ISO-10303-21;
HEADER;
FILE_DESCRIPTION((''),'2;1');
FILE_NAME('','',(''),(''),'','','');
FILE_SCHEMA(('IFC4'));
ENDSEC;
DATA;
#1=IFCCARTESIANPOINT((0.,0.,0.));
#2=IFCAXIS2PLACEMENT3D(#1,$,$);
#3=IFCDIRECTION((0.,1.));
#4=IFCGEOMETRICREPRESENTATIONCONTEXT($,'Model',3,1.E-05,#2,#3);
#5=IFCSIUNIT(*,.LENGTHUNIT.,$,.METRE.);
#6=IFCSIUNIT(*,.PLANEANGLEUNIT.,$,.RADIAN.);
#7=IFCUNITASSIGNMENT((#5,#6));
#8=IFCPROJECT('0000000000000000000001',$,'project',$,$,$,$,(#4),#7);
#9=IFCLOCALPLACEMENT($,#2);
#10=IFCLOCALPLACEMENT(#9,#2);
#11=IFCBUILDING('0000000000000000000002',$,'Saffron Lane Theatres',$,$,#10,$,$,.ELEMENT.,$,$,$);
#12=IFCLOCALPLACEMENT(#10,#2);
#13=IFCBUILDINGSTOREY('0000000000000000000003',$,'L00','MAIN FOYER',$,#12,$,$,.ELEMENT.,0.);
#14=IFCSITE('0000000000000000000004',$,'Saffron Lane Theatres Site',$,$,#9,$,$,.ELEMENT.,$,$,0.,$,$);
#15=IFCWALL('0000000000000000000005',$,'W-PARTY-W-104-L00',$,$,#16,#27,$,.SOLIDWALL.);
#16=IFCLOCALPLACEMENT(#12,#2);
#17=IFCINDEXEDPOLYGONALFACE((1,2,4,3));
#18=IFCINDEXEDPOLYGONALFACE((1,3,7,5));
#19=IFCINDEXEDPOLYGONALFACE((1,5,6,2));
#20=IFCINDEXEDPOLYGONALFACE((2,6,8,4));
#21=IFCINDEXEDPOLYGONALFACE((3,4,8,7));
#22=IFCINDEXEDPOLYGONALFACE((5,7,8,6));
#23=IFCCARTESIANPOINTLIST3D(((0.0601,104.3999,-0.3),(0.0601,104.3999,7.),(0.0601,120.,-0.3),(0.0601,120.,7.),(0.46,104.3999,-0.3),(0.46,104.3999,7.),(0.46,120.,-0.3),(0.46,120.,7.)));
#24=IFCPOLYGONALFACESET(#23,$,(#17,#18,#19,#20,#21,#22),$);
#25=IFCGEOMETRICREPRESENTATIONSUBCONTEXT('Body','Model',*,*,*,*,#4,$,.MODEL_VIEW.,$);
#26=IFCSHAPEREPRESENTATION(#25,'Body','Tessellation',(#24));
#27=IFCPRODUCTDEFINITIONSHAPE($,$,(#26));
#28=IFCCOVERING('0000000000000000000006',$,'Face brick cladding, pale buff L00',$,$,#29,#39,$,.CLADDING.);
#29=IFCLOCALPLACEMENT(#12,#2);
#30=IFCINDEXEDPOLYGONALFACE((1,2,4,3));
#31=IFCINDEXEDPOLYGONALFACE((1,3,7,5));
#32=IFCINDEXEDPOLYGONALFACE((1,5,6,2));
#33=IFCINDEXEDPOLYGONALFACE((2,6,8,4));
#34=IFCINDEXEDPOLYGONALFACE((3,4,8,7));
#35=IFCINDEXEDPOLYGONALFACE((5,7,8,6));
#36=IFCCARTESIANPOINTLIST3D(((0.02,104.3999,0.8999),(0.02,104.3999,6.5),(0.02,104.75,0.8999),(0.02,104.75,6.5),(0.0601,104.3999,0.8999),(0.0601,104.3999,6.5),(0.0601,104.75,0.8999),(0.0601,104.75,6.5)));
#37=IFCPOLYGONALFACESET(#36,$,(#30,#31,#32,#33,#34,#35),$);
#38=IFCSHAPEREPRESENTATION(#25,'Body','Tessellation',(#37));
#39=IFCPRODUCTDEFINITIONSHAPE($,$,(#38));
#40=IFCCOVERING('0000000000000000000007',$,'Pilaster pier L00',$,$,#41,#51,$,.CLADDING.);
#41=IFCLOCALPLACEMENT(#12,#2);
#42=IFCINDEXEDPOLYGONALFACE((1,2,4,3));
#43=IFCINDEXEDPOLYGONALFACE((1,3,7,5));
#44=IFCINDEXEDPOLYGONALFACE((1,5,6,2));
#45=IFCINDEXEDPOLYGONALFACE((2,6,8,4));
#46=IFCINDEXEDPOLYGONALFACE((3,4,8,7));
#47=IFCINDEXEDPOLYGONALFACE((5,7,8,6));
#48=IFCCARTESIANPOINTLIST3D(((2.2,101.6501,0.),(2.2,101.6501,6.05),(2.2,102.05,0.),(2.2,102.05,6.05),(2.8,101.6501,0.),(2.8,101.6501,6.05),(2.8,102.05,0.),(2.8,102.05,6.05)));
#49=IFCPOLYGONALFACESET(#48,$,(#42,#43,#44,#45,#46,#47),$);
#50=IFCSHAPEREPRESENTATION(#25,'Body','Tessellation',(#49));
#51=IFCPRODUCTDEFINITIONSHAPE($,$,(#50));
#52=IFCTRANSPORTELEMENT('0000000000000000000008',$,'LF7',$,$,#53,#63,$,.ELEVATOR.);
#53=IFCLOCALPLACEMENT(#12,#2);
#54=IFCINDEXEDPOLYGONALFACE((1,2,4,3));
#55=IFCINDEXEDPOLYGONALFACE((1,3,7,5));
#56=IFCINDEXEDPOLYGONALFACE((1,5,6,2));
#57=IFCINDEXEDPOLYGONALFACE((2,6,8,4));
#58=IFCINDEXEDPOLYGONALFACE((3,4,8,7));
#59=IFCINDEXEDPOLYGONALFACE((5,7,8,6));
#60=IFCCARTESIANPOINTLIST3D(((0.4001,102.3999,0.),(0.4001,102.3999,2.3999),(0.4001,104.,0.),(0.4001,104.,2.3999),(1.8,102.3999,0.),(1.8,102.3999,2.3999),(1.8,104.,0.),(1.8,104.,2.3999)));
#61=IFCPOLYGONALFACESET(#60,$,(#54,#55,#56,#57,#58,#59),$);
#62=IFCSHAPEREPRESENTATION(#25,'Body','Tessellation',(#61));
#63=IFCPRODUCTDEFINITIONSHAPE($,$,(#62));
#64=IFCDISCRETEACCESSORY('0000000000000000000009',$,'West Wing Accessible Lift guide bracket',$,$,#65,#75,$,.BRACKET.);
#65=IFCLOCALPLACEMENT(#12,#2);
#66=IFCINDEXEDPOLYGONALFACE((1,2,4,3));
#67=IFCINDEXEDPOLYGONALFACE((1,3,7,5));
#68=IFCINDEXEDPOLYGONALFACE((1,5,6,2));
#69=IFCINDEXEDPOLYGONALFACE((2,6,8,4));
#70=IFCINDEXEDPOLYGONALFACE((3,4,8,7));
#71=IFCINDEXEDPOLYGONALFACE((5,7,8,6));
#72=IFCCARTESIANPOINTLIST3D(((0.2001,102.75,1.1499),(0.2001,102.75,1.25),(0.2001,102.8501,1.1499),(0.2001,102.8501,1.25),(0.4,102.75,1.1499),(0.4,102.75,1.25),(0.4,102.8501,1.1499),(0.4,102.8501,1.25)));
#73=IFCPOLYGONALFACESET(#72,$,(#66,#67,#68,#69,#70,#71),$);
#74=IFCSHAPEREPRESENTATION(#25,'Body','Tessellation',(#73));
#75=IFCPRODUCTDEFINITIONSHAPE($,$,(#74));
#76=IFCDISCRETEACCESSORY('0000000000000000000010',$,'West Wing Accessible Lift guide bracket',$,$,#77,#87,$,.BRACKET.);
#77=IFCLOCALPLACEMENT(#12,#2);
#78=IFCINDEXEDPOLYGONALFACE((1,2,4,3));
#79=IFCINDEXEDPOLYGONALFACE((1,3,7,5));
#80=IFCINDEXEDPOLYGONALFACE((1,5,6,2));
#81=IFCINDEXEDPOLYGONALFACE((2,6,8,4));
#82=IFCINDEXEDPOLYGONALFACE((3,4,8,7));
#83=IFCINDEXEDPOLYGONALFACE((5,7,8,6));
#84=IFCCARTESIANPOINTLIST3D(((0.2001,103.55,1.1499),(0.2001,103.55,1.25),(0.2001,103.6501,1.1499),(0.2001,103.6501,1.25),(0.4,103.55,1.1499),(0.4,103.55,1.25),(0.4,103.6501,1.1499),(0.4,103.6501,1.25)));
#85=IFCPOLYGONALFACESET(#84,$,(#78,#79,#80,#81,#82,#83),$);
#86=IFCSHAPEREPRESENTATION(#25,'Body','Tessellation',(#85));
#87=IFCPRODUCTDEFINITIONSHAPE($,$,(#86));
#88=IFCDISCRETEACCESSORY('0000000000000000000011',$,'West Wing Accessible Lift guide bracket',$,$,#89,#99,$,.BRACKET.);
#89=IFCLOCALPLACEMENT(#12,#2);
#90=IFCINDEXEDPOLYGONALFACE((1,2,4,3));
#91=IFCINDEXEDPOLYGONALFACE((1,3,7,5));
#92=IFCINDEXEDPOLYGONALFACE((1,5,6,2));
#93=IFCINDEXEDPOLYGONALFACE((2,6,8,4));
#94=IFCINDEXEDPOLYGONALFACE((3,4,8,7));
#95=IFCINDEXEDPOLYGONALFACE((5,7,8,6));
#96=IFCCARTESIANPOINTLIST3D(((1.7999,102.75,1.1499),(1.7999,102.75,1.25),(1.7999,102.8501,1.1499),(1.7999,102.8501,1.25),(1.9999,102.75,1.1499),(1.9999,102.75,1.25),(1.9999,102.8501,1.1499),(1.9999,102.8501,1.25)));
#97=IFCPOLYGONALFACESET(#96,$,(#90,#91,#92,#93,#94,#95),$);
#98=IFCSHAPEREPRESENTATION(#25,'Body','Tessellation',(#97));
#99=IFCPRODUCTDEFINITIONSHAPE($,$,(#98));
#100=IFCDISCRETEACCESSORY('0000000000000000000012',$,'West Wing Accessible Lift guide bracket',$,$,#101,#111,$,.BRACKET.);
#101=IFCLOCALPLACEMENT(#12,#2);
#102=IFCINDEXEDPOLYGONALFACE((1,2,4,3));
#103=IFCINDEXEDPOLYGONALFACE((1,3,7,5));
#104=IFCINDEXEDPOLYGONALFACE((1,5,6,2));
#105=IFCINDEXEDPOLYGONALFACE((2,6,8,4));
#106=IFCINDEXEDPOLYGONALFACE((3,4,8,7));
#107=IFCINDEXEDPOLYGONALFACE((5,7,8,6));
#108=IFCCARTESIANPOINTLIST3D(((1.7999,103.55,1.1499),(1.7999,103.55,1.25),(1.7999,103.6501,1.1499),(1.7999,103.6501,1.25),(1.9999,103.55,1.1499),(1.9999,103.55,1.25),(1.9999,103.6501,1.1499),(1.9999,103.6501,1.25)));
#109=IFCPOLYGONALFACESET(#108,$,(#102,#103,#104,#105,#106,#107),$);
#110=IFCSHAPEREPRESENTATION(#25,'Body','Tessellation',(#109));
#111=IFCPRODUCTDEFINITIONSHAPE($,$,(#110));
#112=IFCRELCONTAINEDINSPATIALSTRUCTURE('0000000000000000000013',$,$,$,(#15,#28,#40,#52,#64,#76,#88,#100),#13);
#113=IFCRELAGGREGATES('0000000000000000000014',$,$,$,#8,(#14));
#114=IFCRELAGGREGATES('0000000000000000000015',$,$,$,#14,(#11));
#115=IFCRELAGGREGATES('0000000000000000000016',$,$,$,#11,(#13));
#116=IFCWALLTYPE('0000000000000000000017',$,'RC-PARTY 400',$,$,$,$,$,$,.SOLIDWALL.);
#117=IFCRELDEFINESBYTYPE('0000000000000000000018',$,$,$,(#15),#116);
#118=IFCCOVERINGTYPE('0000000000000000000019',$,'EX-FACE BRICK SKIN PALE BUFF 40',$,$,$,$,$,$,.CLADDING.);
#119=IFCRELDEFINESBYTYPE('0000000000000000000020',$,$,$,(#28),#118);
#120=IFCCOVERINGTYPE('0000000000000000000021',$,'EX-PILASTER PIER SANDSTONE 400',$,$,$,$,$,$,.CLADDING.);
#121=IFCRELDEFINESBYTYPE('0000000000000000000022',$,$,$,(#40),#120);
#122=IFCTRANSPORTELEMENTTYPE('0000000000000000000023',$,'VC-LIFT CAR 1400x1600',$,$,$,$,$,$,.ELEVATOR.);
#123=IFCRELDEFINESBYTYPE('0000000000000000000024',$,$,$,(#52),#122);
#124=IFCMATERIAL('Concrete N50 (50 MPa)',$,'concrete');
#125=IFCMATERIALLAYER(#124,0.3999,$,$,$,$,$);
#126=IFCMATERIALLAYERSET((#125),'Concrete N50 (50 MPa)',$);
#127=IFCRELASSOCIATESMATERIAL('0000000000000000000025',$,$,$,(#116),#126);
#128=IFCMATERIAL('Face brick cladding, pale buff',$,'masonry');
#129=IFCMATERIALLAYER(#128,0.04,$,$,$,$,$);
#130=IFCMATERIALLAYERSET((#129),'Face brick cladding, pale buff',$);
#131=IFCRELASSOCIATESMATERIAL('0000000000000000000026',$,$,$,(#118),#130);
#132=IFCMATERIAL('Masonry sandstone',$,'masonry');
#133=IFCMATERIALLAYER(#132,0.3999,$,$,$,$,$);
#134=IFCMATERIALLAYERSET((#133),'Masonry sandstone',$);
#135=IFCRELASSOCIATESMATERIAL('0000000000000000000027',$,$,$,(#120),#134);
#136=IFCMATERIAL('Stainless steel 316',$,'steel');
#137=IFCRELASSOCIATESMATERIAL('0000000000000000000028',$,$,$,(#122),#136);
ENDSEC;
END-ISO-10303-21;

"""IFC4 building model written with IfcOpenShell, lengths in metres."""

from ifc_helpers import new_model, si_unit, direction, frame, frame_2d, origin, origin_2d, place, context, subcontext, project, spatial, rectangle, extrude, material, layer, layer_set, type_object, element, save


model = new_model("IFC4")

# Units and contexts
model_context = context("Model", 3, precision=1e-05, world=origin(), true_north=direction((0.0, 1.0)))
body_context = subcontext(model_context, "Body", "Model", "MODEL_VIEW")
ifc_project = project(units=[si_unit("LENGTHUNIT", "METRE"), si_unit("PLANEANGLEUNIT", "RADIAN")], contexts=[model_context])

# Site, building, storey
site_placement = place(None, origin())
site = spatial("IfcSite", under=ifc_project, at=site_placement, Name="Saffron Lane Theatres Site", CompositionType="ELEMENT", RefElevation=0.0)
building_placement = place(site_placement, origin())
building = spatial("IfcBuilding", under=site, at=building_placement, Name="Saffron Lane Theatres", CompositionType="ELEMENT")
storey_placement = place(building_placement, origin())
storey = spatial("IfcBuildingStorey", under=building, at=storey_placement, Name="L00", Description="MAIN FOYER", CompositionType="ELEMENT", Elevation=0.0)

# Wall
ifc_material_1 = material(Name="Concrete N50 (50 MPa)", Category="concrete")
ifc_layer_1 = layer(ifc_material_1, 0.3999)
ifc_layer_set_1 = layer_set([ifc_layer_1], Name="Concrete N50 (50 MPa)")
wall_type_1 = type_object("IfcWallType", Name="RC-PARTY 400", PredefinedType="SOLIDWALL", material=ifc_layer_set_1)
wall_1_placement = place(storey_placement, frame((0.26, 104.3999, -0.3), z_axis=(0.0, 0.0, 1.0), x_axis=(0.0, 1.0, 0.0)))
element("IfcWall", 1, at=wall_1_placement, inside=storey, type_object=wall_type_1, Name="W-PARTY-W-104-L00", PredefinedType="SOLIDWALL", context=body_context, shape_type="SweptSolid", body=[
    extrude(rectangle(XDim=15.6001, YDim=0.3999, at=frame_2d((7.8, 0.0))), origin(), (0.0, 0.0, 1.0), 7.3),
])

# Coverings
ifc_material_2 = material(Name="Face brick cladding, pale buff", Category="masonry")
ifc_layer_2 = layer(ifc_material_2, 0.04)
ifc_layer_set_2 = layer_set([ifc_layer_2], Name="Face brick cladding, pale buff")
covering_type_1 = type_object("IfcCoveringType", Name="EX-FACE BRICK SKIN PALE BUFF 40", PredefinedType="CLADDING", material=ifc_layer_set_2)
covering_1_placement = place(storey_placement, frame((0.04, 104.575, 0.8999), z_axis=(0.0, 0.0, 1.0), x_axis=(0.0, 1.0, 0.0)))
element("IfcCovering", 2, at=covering_1_placement, inside=storey, type_object=covering_type_1, Name="Face brick cladding, pale buff L00", PredefinedType="CLADDING", context=body_context, shape_type="SweptSolid", body=[
    extrude(rectangle(XDim=0.3501, YDim=0.04, at=origin_2d()), origin(), (0.0, 0.0, 1.0), 5.6001),
])
ifc_material_3 = material(Name="Masonry sandstone", Category="masonry")
ifc_layer_3 = layer(ifc_material_3, 0.3999)
ifc_layer_set_3 = layer_set([ifc_layer_3], Name="Masonry sandstone")
covering_type_2 = type_object("IfcCoveringType", Name="EX-PILASTER PIER SANDSTONE 400", PredefinedType="CLADDING", material=ifc_layer_set_3)
covering_2_placement = place(storey_placement, frame((2.5, 101.8501, 0.0), z_axis=(0.0, 0.0, 1.0), x_axis=(-1.0, 0.0, 0.0)))
element("IfcCovering", 3, at=covering_2_placement, inside=storey, type_object=covering_type_2, Name="Pilaster pier L00", PredefinedType="CLADDING", context=body_context, shape_type="SweptSolid", body=[
    extrude(rectangle(XDim=0.6001, YDim=0.3999, at=origin_2d()), origin(), (0.0, 0.0, 1.0), 6.05),
])

# Transport element
ifc_material_4 = material(Name="Stainless steel 316", Category="steel")
transport_element_type = type_object("IfcTransportElementType", Name="VC-LIFT CAR 1400x1600", PredefinedType="ELEVATOR", material=ifc_material_4)
transport_element_placement = place(storey_placement, frame((1.1001, 103.2, 0.0), z_axis=(0.0, 0.0, 1.0), x_axis=(1.0, 0.0, 0.0)))
element("IfcTransportElement", 4, at=transport_element_placement, inside=storey, type_object=transport_element_type, Name="LF7", PredefinedType="ELEVATOR", context=body_context, shape_type="SweptSolid", body=[
    extrude(rectangle(XDim=1.3999, YDim=1.6001, at=origin_2d()), origin(), (0.0, 0.0, 1.0), 2.3999),
])

# Discrete accessories
for number, where, z_axis, x_axis, name in (
    (5, (0.3, 102.8, 1.1499), (0.0, 0.0, 1.0), (1.0, 0.0, 0.0), "West Wing Accessible Lift guide bracket"),
    (6, (0.3, 103.6001, 1.1499), (0.0, 0.0, 1.0), (1.0, 0.0, 0.0), "West Wing Accessible Lift guide bracket"),
    (7, (1.8999, 102.8, 1.1499), (0.0, 0.0, 1.0), (1.0, 0.0, 0.0), "West Wing Accessible Lift guide bracket"),
    (8, (1.8999, 103.6001, 1.1499), (0.0, 0.0, 1.0), (1.0, 0.0, 0.0), "West Wing Accessible Lift guide bracket"),
):
    element("IfcDiscreteAccessory", number, at=place(storey_placement, frame(where, z_axis=z_axis, x_axis=x_axis)), inside=storey, Name=name, PredefinedType="BRACKET", context=body_context, shape_type="SweptSolid", body=[
        extrude(rectangle(XDim=0.2, YDim=0.1001, at=origin_2d()), origin(), (0.0, 0.0, 1.0), 0.1001),
    ])

save(model, "model.ifc")
